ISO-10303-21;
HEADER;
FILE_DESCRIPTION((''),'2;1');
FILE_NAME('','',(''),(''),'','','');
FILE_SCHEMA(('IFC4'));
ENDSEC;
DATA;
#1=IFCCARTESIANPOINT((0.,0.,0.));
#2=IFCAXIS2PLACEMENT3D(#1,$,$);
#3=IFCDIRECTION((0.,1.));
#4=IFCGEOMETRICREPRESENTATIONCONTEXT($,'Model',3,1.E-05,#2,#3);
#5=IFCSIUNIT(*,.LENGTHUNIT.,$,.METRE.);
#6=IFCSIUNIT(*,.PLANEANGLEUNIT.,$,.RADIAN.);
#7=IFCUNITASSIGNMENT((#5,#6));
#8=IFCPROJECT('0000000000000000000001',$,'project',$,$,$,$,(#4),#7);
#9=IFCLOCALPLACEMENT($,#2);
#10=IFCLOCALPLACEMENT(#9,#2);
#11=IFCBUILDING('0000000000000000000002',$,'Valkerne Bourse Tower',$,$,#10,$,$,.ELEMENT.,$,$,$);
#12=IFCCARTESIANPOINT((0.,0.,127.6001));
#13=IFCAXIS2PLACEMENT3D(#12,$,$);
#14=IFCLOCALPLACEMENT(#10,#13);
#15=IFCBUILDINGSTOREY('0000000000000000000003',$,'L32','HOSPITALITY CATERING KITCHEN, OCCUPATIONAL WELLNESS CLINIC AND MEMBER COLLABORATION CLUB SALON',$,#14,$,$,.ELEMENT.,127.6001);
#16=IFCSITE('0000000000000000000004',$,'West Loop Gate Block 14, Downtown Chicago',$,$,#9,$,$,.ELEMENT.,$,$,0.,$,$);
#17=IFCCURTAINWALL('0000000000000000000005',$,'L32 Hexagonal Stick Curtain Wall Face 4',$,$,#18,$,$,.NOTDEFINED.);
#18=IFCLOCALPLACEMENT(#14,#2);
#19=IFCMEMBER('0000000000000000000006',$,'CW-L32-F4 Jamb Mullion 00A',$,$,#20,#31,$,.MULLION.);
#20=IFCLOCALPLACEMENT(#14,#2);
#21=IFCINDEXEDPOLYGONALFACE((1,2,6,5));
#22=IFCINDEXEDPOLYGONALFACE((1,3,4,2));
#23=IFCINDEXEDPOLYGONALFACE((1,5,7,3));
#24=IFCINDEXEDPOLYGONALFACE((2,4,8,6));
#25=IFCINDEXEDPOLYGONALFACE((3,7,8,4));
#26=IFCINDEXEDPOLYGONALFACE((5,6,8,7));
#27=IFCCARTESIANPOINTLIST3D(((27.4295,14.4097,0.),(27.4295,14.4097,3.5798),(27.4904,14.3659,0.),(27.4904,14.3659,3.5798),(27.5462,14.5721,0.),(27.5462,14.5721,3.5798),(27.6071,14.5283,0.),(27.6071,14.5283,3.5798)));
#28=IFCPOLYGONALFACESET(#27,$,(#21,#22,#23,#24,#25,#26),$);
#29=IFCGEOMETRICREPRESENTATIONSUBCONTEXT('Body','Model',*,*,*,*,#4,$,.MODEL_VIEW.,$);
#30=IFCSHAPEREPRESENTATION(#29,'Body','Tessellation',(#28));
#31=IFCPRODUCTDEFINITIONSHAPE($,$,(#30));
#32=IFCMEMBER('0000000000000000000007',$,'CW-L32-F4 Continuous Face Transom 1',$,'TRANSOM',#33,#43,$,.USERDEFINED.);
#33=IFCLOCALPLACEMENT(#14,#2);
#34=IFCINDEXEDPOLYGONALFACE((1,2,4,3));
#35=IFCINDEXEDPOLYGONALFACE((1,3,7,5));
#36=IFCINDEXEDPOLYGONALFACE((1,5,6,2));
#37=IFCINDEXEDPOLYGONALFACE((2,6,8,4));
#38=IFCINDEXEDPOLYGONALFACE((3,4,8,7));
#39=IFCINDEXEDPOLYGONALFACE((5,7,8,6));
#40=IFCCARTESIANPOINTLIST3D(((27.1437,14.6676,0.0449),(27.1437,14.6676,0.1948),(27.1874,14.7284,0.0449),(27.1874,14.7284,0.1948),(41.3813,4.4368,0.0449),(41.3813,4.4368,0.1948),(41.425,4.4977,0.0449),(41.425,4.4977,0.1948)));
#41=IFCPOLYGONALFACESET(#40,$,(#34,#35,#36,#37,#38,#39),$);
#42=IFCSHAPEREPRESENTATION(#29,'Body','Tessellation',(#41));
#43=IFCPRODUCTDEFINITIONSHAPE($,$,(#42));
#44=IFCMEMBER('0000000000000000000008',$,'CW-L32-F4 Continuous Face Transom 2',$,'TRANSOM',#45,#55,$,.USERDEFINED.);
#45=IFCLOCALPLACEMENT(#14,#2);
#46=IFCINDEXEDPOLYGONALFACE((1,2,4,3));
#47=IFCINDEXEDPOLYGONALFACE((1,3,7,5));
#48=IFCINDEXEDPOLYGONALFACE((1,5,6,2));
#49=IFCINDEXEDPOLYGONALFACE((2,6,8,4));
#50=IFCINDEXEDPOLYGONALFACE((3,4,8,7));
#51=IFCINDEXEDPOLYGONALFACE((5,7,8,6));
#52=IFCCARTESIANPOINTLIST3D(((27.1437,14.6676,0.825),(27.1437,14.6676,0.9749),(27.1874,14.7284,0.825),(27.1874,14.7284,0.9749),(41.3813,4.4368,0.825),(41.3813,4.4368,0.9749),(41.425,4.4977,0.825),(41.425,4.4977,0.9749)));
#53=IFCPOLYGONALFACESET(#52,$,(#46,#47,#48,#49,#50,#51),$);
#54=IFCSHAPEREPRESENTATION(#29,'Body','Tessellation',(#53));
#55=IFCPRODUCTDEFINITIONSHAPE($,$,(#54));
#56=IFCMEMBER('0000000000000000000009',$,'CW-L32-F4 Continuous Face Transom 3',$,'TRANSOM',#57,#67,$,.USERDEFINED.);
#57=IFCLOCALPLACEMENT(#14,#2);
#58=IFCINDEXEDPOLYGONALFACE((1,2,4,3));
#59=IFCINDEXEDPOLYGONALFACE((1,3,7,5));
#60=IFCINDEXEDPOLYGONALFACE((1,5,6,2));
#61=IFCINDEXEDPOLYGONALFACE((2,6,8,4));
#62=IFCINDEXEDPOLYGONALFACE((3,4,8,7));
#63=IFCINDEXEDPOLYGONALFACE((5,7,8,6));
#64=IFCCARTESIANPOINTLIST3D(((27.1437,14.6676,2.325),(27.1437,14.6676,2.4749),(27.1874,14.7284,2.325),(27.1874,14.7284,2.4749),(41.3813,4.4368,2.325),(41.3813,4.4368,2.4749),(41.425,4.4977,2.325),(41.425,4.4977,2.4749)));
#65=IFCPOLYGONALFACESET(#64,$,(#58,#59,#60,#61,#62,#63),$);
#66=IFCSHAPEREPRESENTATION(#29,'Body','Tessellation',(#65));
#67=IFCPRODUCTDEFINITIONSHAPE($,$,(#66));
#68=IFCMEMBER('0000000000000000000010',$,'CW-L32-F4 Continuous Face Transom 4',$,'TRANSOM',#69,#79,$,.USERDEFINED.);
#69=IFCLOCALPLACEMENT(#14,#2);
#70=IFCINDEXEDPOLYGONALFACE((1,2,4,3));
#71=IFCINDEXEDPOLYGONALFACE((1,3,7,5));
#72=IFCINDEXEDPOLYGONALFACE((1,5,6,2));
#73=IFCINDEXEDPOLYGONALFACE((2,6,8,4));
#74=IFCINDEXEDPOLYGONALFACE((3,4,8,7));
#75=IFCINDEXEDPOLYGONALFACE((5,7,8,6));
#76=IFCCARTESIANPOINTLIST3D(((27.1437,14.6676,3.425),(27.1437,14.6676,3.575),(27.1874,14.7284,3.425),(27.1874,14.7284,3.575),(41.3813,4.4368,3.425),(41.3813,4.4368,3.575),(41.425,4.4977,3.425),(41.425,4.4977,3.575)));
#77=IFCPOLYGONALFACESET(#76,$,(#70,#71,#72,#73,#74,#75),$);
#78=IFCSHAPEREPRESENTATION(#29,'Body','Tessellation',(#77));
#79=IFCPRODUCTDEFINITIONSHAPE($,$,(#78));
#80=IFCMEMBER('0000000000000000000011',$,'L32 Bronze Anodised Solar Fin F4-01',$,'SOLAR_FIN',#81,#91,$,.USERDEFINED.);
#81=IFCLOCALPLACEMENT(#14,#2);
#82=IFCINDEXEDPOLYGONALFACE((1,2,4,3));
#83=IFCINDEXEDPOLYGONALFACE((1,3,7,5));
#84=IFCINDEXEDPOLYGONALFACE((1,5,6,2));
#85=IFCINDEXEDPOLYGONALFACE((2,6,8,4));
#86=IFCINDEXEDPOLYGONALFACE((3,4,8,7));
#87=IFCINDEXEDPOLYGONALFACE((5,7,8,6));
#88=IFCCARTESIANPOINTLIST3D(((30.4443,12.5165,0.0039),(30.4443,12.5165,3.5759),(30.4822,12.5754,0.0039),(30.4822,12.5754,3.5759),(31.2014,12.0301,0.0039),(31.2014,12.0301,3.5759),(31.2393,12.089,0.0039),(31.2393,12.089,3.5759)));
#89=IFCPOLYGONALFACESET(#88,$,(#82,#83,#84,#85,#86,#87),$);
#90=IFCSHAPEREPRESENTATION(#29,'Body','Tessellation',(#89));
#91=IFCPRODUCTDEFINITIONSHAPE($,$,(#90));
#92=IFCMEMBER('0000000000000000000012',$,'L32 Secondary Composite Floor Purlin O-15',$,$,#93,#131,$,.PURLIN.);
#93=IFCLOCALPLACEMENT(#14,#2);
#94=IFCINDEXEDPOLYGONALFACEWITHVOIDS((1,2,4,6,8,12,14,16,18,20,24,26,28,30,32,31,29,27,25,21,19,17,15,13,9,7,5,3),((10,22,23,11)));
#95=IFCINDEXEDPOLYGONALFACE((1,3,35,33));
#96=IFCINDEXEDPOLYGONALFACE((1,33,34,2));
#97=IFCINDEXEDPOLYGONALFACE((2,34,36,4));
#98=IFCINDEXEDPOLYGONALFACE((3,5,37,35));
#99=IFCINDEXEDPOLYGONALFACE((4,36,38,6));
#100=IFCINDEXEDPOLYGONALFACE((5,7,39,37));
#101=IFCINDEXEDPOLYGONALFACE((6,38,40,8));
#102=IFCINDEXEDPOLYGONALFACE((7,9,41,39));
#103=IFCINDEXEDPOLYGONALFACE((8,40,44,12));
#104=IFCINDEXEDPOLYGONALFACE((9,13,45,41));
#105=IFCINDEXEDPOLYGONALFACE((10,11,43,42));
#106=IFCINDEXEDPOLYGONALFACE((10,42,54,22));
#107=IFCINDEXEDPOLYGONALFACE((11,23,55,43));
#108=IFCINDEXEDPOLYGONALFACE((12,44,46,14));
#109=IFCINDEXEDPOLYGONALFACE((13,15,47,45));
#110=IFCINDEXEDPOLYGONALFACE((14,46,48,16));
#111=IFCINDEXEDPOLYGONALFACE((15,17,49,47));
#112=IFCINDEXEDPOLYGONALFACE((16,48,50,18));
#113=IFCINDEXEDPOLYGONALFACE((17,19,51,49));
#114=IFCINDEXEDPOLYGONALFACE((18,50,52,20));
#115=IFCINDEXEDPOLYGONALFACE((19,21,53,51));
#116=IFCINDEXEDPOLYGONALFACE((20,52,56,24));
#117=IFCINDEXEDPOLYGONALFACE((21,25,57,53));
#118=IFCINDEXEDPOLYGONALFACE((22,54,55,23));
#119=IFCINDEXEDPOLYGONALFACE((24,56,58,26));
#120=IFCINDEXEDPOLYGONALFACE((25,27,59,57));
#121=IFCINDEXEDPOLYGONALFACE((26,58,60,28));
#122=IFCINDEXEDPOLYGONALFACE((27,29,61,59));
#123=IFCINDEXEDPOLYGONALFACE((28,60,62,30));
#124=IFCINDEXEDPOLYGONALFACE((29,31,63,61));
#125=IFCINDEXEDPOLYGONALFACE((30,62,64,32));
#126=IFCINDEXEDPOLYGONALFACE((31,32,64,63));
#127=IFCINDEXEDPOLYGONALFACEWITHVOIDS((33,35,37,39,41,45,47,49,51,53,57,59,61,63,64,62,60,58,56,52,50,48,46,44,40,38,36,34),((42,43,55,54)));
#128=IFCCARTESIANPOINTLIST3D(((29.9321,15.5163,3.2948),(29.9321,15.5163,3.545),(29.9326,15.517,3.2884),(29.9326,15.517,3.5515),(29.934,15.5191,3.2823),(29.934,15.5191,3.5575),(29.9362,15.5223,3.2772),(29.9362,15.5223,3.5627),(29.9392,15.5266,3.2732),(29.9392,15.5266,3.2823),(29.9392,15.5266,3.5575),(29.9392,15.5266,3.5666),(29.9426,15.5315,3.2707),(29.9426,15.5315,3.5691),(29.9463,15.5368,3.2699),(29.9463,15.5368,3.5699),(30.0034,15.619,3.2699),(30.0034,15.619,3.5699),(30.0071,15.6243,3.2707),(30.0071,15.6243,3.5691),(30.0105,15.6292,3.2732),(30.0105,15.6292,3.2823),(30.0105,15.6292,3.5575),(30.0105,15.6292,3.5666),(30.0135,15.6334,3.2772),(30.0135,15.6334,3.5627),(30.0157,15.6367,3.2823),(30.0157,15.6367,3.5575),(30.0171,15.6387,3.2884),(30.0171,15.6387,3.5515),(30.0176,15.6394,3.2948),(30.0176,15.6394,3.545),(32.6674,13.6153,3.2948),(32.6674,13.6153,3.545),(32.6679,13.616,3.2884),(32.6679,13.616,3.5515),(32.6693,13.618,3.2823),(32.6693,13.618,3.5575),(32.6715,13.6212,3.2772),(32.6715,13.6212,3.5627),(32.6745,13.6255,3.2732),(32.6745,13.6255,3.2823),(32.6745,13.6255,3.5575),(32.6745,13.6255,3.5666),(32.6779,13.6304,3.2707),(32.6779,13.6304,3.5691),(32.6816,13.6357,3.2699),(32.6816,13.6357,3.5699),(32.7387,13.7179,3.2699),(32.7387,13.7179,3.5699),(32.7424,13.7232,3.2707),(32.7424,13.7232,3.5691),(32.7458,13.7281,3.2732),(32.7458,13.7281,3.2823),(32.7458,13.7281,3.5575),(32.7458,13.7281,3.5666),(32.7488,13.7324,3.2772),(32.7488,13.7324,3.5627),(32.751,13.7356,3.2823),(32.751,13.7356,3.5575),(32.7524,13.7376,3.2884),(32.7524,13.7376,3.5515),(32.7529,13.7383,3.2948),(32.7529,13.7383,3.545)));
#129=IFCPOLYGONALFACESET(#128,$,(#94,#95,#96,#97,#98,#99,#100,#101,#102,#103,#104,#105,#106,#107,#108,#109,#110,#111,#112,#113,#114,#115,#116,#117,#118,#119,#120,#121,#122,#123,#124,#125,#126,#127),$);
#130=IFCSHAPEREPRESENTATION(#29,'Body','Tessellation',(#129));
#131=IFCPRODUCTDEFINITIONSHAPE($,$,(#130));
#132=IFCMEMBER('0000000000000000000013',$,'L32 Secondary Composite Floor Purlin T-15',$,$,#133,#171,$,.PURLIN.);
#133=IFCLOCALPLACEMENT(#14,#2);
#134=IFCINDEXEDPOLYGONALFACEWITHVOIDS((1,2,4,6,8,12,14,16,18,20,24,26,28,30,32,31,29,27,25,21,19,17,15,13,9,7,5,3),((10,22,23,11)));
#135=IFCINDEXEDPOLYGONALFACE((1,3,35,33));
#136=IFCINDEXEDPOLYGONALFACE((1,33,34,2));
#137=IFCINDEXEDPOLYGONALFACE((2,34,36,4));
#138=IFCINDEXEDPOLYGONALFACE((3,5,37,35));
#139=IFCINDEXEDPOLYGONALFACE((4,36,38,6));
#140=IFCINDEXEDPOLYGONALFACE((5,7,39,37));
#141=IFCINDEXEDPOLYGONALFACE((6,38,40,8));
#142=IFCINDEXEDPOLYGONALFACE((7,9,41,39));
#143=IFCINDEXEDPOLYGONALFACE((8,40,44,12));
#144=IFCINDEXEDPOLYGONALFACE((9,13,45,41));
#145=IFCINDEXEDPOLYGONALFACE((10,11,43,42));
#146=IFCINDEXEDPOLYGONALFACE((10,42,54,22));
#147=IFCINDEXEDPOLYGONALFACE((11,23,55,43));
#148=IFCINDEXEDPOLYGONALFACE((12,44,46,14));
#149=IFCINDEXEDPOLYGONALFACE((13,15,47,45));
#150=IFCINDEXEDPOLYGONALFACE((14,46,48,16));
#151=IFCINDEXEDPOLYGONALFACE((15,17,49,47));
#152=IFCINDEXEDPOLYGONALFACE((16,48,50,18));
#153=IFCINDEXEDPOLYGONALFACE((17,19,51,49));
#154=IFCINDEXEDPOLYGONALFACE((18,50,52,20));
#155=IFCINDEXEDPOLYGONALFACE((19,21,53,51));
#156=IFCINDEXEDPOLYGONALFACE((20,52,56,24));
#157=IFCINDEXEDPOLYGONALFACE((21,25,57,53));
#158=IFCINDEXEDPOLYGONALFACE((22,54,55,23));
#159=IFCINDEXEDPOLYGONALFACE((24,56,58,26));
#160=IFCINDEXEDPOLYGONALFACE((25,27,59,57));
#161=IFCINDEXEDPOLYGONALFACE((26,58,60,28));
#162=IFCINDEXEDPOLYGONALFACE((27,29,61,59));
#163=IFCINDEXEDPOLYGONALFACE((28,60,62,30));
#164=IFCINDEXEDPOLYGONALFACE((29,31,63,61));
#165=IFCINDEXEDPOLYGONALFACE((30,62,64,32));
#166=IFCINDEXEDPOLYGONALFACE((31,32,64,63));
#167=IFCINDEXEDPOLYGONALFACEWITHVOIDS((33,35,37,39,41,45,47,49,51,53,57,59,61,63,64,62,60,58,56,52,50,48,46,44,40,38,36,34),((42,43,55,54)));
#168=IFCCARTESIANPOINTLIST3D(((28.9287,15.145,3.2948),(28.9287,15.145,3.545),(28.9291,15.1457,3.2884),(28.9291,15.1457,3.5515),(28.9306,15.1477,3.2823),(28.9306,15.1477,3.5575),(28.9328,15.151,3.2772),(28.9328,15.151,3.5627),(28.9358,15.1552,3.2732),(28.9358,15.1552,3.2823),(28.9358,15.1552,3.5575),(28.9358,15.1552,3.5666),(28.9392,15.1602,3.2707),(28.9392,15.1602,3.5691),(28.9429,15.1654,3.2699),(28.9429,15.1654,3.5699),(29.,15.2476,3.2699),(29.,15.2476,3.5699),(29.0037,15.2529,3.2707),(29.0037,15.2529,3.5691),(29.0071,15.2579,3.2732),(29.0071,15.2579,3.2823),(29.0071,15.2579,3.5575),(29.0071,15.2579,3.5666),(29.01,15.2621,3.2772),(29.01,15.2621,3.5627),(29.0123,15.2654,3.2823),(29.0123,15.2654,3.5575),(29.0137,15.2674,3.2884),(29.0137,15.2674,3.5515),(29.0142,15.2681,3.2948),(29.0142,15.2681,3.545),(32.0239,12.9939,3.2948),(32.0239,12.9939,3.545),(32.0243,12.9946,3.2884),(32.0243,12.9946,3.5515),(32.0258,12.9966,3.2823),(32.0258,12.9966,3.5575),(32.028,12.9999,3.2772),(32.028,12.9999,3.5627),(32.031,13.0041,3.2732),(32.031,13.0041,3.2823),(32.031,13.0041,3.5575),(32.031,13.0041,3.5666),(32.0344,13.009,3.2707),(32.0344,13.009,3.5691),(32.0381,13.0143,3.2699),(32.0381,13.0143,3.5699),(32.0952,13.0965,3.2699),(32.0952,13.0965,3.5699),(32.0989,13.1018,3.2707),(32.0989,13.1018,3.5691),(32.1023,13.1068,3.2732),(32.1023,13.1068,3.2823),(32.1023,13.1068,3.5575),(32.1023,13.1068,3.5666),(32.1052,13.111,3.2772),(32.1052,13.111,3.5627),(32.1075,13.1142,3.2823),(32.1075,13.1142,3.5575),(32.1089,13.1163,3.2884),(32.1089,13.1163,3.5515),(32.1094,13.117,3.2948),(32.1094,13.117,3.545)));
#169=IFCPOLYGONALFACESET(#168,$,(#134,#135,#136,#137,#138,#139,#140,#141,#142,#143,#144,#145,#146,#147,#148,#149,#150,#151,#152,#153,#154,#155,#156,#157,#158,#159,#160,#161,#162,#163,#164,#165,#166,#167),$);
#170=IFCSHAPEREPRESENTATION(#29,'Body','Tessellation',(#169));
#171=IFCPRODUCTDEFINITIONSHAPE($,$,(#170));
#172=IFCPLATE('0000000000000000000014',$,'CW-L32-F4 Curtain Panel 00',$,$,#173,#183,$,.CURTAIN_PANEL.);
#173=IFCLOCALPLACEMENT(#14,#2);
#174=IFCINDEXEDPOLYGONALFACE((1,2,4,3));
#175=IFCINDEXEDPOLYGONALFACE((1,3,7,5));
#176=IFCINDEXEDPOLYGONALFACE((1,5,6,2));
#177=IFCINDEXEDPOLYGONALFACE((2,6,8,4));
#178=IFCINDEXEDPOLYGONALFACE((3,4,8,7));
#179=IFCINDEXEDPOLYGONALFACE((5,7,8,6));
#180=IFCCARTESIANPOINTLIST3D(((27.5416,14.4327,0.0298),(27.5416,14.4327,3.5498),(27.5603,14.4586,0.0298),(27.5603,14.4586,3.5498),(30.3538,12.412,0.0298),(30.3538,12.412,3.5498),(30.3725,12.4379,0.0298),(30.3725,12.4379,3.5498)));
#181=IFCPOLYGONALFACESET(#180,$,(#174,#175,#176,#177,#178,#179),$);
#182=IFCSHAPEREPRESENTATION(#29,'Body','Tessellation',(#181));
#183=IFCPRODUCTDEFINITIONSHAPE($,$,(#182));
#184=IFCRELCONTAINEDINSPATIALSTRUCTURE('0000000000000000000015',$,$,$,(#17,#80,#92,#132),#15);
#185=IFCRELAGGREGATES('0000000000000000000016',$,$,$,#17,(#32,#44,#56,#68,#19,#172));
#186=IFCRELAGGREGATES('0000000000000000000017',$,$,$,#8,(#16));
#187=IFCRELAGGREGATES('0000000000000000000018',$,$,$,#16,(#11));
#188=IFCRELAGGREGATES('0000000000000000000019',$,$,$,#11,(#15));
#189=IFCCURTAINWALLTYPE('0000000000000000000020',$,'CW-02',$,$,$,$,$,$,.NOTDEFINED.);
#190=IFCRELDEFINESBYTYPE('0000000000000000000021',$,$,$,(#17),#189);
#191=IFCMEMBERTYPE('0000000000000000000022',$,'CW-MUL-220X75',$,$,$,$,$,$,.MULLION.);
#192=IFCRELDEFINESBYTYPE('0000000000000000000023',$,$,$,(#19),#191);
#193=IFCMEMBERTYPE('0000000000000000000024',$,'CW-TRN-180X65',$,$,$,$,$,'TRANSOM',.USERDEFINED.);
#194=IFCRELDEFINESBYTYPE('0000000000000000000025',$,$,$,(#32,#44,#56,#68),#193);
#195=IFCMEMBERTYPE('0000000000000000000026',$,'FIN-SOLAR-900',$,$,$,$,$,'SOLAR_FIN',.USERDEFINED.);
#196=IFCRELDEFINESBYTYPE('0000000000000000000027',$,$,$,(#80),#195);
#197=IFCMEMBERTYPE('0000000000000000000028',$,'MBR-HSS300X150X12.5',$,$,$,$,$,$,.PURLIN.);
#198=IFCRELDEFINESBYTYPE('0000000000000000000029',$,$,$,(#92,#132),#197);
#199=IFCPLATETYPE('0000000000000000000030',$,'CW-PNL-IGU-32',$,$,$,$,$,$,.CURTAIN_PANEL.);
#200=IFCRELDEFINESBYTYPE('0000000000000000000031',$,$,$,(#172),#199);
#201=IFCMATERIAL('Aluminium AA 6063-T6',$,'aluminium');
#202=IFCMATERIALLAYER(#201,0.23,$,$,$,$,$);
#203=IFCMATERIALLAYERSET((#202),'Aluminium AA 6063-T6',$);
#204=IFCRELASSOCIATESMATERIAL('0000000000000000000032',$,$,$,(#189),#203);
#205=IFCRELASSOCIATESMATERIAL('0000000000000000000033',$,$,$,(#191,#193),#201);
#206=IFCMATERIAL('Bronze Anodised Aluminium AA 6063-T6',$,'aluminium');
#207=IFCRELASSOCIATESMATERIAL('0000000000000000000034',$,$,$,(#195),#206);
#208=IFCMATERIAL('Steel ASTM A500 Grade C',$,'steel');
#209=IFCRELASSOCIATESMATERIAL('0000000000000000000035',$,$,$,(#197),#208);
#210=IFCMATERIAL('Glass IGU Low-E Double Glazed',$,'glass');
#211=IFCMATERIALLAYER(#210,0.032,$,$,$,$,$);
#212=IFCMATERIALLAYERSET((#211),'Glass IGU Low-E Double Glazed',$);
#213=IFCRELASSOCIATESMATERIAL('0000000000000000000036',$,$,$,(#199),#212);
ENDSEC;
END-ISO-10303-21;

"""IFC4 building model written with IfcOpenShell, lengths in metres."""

from ifc_helpers import new_model, si_unit, direction, frame, origin, origin_2d, place, context, subcontext, project, spatial, rectangle, hollow_rectangle, extrude, material, layer, layer_set, material_profile, profile_set, type_object, element, aggregate, save


model = new_model("IFC4")

# Units and contexts
model_context = context("Model", 3, precision=1e-05, world=origin(), true_north=direction((0.0, 1.0)))
body_context = subcontext(model_context, "Body", "Model", "MODEL_VIEW")
ifc_project = project(units=[si_unit("LENGTHUNIT", "METRE"), si_unit("PLANEANGLEUNIT", "RADIAN")], contexts=[model_context])

# Site, building, storey
site_placement = place(None, origin())
site = spatial("IfcSite", under=ifc_project, at=site_placement, Name="West Loop Gate Block 14, Downtown Chicago", CompositionType="ELEMENT", RefElevation=0.0)
building_placement = place(site_placement, origin())
building = spatial("IfcBuilding", under=site, at=building_placement, Name="Valkerne Bourse Tower", CompositionType="ELEMENT")
storey_placement = place(building_placement, frame((0.0, 0.0, 127.6001)))
storey = spatial("IfcBuildingStorey", under=building, at=storey_placement, Name="L32", Description="HOSPITALITY CATERING KITCHEN, OCCUPATIONAL WELLNESS CLINIC AND MEMBER COLLABORATION CLUB SALON", CompositionType="ELEMENT", Elevation=127.6001)

# Curtain wall, members
ifc_material_1 = material(Name="Aluminium AA 6063-T6", Category="aluminium")
ifc_layer_1 = layer(ifc_material_1, 0.23)
ifc_layer_set_1 = layer_set([ifc_layer_1], Name="Aluminium AA 6063-T6")
curtain_wall_type = type_object("IfcCurtainWallType", Name="CW-02", PredefinedType="NOTDEFINED", material=ifc_layer_set_1)
curtain_wall_placement = place(storey_placement, origin())
curtain_wall = element("IfcCurtainWall", 1, at=curtain_wall_placement, inside=storey, type_object=curtain_wall_type, Name="L32 Hexagonal Stick Curtain Wall Face 4", PredefinedType="NOTDEFINED")
ifc_material_profile_1 = material_profile(ifc_material_1, rectangle(XDim=0.075, YDim=0.2, at=origin_2d()), Name="CWM-75X200")
ifc_profile_set_1 = profile_set([ifc_material_profile_1], Name="Aluminium AA 6063-T6")
member_type_1 = type_object("IfcMemberType", Name="CW-MUL-220X75", PredefinedType="MULLION", material=ifc_profile_set_1)
member_1_placement = place(storey_placement, frame((27.5183, 14.469, 0.0), z_axis=(0.0, 0.0, 1.0), x_axis=(0.812093, -0.583528, 0.0)))
member_1 = element("IfcMember", 2, at=member_1_placement, type_object=member_type_1, Name="CW-L32-F4 Jamb Mullion 00A", PredefinedType="MULLION", context=body_context, shape_type="SweptSolid", body=[
    extrude(rectangle(XDim=0.075, YDim=0.2, at=origin_2d()), origin(), (0.0, 0.0, 1.0), 3.5798),
])
ifc_material_profile_2 = material_profile(ifc_material_1, rectangle(XDim=0.075, YDim=0.1499, at=origin_2d()), Name="CWT-75X150")
ifc_profile_set_2 = profile_set([ifc_material_profile_2], Name="Aluminium AA 6063-T6")
member_type_2 = type_object("IfcMemberType", Name="CW-TRN-180X65", ElementType="TRANSOM", PredefinedType="USERDEFINED", material=ifc_profile_set_2)
member_2_placement = place(storey_placement, frame((27.1655, 14.698, 0.1199), z_axis=(0.812084, -0.583541, 0.0), x_axis=(0.583541, 0.812084, 0.0)))
member_2 = element("IfcMember", 3, at=member_2_placement, type_object=member_type_2, Name="CW-L32-F4 Continuous Face Transom 1", ObjectType="TRANSOM", PredefinedType="USERDEFINED", context=body_context, shape_type="SweptSolid", body=[
    extrude(rectangle(XDim=0.075, YDim=0.1499, at=origin_2d()), origin(), (0.0, 0.0, 1.0), 17.5322),
])
member_3_placement = place(storey_placement, frame((27.1655, 14.698, 0.8999), z_axis=(0.812084, -0.583541, 0.0), x_axis=(0.583541, 0.812084, 0.0)))
member_3 = element("IfcMember", 4, at=member_3_placement, type_object=member_type_2, Name="CW-L32-F4 Continuous Face Transom 2", ObjectType="TRANSOM", PredefinedType="USERDEFINED", context=body_context, shape_type="SweptSolid", body=[
    extrude(rectangle(XDim=0.075, YDim=0.1499, at=origin_2d()), origin(), (0.0, 0.0, 1.0), 17.5322),
])
member_4_placement = place(storey_placement, frame((27.1655, 14.698, 2.3999), z_axis=(0.812084, -0.583541, 0.0), x_axis=(0.583541, 0.812084, 0.0)))
member_4 = element("IfcMember", 5, at=member_4_placement, type_object=member_type_2, Name="CW-L32-F4 Continuous Face Transom 3", ObjectType="TRANSOM", PredefinedType="USERDEFINED", context=body_context, shape_type="SweptSolid", body=[
    extrude(rectangle(XDim=0.075, YDim=0.1499, at=origin_2d()), origin(), (0.0, 0.0, 1.0), 17.5322),
])
member_5_placement = place(storey_placement, frame((27.1655, 14.698, 3.5), z_axis=(0.812084, -0.583541, 0.0), x_axis=(0.583541, 0.812084, 0.0)))
member_5 = element("IfcMember", 6, at=member_5_placement, type_object=member_type_2, Name="CW-L32-F4 Continuous Face Transom 4", ObjectType="TRANSOM", PredefinedType="USERDEFINED", context=body_context, shape_type="SweptSolid", body=[
    extrude(rectangle(XDim=0.075, YDim=0.1499, at=origin_2d()), origin(), (0.0, 0.0, 1.0), 17.5322),
])

# Members
ifc_material_2 = material(Name="Bronze Anodised Aluminium AA 6063-T6", Category="aluminium")
ifc_material_profile_3 = material_profile(ifc_material_2, rectangle(XDim=0.0701, YDim=0.8999, at=origin_2d()), Name="FIN-70X900")
ifc_profile_set_3 = profile_set([ifc_material_profile_3], Name="Bronze Anodised Aluminium AA 6063-T6")
member_type_3 = type_object("IfcMemberType", Name="FIN-SOLAR-900", ElementType="SOLAR_FIN", PredefinedType="USERDEFINED", material=ifc_profile_set_3)
member_6_placement = place(storey_placement, frame((30.8418, 12.3027, 0.0039), z_axis=(0.0, 0.0, 1.0), x_axis=(-0.540515, -0.841335, 0.0)))
element("IfcMember", 7, at=member_6_placement, inside=storey, type_object=member_type_3, Name="L32 Bronze Anodised Solar Fin F4-01", ObjectType="SOLAR_FIN", PredefinedType="USERDEFINED", context=body_context, shape_type="SweptSolid", body=[
    extrude(rectangle(XDim=0.0701, YDim=0.8999, at=origin_2d()), origin(), (0.0, 0.0, 1.0), 3.572),
])
ifc_material_3 = material(Name="Steel ASTM A500 Grade C", Category="steel")
ifc_material_profile_4 = material_profile(ifc_material_3, hollow_rectangle(XDim=0.1499, YDim=0.3, WallThickness=0.0125, OuterFilletRadius=0.0249, at=origin_2d()), Name="HSS300X150X12.5")
ifc_profile_set_4 = profile_set([ifc_material_profile_4], Name="Steel ASTM A500 Grade C")
member_type_4 = type_object("IfcMemberType", Name="MBR-HSS300X150X12.5", PredefinedType="PURLIN", material=ifc_profile_set_4)
member_7_placement = place(storey_placement, frame((29.9749, 15.5779, 3.4199), z_axis=(0.821149, -0.570714, 0.0), x_axis=(0.570714, 0.821149, 0.0)))
element("IfcMember", 8, at=member_7_placement, inside=storey, type_object=member_type_4, Name="L32 Secondary Composite Floor Purlin O-15", PredefinedType="PURLIN", context=body_context, shape_type="SweptSolid", body=[
    extrude(hollow_rectangle(XDim=0.1499, YDim=0.3, WallThickness=0.0125, OuterFilletRadius=0.0249, at=origin_2d()), origin(), (0.0, 0.0, 1.0), 3.3311),
])
member_8_placement = place(storey_placement, frame((28.9714, 15.2065, 3.4199), z_axis=(0.821163, -0.570694, 0.0), x_axis=(0.570694, 0.821163, 0.0)))
element("IfcMember", 9, at=member_8_placement, inside=storey, type_object=member_type_4, Name="L32 Secondary Composite Floor Purlin T-15", PredefinedType="PURLIN", context=body_context, shape_type="SweptSolid", body=[
    extrude(hollow_rectangle(XDim=0.1499, YDim=0.3, WallThickness=0.0125, OuterFilletRadius=0.0249, at=origin_2d()), origin(), (0.0, 0.0, 1.0), 3.7693),
])

# Plate
ifc_material_4 = material(Name="Glass IGU Low-E Double Glazed", Category="glass")
ifc_layer_2 = layer(ifc_material_4, 0.032)
ifc_layer_set_2 = layer_set([ifc_layer_2], Name="Glass IGU Low-E Double Glazed")
plate_type = type_object("IfcPlateType", Name="CW-PNL-IGU-32", PredefinedType="CURTAIN_PANEL", material=ifc_layer_set_2)
plate_placement = place(storey_placement, frame((28.957, 13.4353, 0.0298), z_axis=(0.0, 0.0, 1.0), x_axis=(0.812093, -0.583528, 0.0)))
plate = element("IfcPlate", 10, at=plate_placement, type_object=plate_type, Name="CW-L32-F4 Curtain Panel 00", PredefinedType="CURTAIN_PANEL", context=body_context, shape_type="SweptSolid", body=[
    extrude(rectangle(XDim=3.4629, YDim=0.032, at=origin_2d()), origin(), (0.0, 0.0, 1.0), 3.52),
])
aggregate(curtain_wall, [member_2, member_3, member_4, member_5, member_1, plate])

save(model, "model.ifc")
